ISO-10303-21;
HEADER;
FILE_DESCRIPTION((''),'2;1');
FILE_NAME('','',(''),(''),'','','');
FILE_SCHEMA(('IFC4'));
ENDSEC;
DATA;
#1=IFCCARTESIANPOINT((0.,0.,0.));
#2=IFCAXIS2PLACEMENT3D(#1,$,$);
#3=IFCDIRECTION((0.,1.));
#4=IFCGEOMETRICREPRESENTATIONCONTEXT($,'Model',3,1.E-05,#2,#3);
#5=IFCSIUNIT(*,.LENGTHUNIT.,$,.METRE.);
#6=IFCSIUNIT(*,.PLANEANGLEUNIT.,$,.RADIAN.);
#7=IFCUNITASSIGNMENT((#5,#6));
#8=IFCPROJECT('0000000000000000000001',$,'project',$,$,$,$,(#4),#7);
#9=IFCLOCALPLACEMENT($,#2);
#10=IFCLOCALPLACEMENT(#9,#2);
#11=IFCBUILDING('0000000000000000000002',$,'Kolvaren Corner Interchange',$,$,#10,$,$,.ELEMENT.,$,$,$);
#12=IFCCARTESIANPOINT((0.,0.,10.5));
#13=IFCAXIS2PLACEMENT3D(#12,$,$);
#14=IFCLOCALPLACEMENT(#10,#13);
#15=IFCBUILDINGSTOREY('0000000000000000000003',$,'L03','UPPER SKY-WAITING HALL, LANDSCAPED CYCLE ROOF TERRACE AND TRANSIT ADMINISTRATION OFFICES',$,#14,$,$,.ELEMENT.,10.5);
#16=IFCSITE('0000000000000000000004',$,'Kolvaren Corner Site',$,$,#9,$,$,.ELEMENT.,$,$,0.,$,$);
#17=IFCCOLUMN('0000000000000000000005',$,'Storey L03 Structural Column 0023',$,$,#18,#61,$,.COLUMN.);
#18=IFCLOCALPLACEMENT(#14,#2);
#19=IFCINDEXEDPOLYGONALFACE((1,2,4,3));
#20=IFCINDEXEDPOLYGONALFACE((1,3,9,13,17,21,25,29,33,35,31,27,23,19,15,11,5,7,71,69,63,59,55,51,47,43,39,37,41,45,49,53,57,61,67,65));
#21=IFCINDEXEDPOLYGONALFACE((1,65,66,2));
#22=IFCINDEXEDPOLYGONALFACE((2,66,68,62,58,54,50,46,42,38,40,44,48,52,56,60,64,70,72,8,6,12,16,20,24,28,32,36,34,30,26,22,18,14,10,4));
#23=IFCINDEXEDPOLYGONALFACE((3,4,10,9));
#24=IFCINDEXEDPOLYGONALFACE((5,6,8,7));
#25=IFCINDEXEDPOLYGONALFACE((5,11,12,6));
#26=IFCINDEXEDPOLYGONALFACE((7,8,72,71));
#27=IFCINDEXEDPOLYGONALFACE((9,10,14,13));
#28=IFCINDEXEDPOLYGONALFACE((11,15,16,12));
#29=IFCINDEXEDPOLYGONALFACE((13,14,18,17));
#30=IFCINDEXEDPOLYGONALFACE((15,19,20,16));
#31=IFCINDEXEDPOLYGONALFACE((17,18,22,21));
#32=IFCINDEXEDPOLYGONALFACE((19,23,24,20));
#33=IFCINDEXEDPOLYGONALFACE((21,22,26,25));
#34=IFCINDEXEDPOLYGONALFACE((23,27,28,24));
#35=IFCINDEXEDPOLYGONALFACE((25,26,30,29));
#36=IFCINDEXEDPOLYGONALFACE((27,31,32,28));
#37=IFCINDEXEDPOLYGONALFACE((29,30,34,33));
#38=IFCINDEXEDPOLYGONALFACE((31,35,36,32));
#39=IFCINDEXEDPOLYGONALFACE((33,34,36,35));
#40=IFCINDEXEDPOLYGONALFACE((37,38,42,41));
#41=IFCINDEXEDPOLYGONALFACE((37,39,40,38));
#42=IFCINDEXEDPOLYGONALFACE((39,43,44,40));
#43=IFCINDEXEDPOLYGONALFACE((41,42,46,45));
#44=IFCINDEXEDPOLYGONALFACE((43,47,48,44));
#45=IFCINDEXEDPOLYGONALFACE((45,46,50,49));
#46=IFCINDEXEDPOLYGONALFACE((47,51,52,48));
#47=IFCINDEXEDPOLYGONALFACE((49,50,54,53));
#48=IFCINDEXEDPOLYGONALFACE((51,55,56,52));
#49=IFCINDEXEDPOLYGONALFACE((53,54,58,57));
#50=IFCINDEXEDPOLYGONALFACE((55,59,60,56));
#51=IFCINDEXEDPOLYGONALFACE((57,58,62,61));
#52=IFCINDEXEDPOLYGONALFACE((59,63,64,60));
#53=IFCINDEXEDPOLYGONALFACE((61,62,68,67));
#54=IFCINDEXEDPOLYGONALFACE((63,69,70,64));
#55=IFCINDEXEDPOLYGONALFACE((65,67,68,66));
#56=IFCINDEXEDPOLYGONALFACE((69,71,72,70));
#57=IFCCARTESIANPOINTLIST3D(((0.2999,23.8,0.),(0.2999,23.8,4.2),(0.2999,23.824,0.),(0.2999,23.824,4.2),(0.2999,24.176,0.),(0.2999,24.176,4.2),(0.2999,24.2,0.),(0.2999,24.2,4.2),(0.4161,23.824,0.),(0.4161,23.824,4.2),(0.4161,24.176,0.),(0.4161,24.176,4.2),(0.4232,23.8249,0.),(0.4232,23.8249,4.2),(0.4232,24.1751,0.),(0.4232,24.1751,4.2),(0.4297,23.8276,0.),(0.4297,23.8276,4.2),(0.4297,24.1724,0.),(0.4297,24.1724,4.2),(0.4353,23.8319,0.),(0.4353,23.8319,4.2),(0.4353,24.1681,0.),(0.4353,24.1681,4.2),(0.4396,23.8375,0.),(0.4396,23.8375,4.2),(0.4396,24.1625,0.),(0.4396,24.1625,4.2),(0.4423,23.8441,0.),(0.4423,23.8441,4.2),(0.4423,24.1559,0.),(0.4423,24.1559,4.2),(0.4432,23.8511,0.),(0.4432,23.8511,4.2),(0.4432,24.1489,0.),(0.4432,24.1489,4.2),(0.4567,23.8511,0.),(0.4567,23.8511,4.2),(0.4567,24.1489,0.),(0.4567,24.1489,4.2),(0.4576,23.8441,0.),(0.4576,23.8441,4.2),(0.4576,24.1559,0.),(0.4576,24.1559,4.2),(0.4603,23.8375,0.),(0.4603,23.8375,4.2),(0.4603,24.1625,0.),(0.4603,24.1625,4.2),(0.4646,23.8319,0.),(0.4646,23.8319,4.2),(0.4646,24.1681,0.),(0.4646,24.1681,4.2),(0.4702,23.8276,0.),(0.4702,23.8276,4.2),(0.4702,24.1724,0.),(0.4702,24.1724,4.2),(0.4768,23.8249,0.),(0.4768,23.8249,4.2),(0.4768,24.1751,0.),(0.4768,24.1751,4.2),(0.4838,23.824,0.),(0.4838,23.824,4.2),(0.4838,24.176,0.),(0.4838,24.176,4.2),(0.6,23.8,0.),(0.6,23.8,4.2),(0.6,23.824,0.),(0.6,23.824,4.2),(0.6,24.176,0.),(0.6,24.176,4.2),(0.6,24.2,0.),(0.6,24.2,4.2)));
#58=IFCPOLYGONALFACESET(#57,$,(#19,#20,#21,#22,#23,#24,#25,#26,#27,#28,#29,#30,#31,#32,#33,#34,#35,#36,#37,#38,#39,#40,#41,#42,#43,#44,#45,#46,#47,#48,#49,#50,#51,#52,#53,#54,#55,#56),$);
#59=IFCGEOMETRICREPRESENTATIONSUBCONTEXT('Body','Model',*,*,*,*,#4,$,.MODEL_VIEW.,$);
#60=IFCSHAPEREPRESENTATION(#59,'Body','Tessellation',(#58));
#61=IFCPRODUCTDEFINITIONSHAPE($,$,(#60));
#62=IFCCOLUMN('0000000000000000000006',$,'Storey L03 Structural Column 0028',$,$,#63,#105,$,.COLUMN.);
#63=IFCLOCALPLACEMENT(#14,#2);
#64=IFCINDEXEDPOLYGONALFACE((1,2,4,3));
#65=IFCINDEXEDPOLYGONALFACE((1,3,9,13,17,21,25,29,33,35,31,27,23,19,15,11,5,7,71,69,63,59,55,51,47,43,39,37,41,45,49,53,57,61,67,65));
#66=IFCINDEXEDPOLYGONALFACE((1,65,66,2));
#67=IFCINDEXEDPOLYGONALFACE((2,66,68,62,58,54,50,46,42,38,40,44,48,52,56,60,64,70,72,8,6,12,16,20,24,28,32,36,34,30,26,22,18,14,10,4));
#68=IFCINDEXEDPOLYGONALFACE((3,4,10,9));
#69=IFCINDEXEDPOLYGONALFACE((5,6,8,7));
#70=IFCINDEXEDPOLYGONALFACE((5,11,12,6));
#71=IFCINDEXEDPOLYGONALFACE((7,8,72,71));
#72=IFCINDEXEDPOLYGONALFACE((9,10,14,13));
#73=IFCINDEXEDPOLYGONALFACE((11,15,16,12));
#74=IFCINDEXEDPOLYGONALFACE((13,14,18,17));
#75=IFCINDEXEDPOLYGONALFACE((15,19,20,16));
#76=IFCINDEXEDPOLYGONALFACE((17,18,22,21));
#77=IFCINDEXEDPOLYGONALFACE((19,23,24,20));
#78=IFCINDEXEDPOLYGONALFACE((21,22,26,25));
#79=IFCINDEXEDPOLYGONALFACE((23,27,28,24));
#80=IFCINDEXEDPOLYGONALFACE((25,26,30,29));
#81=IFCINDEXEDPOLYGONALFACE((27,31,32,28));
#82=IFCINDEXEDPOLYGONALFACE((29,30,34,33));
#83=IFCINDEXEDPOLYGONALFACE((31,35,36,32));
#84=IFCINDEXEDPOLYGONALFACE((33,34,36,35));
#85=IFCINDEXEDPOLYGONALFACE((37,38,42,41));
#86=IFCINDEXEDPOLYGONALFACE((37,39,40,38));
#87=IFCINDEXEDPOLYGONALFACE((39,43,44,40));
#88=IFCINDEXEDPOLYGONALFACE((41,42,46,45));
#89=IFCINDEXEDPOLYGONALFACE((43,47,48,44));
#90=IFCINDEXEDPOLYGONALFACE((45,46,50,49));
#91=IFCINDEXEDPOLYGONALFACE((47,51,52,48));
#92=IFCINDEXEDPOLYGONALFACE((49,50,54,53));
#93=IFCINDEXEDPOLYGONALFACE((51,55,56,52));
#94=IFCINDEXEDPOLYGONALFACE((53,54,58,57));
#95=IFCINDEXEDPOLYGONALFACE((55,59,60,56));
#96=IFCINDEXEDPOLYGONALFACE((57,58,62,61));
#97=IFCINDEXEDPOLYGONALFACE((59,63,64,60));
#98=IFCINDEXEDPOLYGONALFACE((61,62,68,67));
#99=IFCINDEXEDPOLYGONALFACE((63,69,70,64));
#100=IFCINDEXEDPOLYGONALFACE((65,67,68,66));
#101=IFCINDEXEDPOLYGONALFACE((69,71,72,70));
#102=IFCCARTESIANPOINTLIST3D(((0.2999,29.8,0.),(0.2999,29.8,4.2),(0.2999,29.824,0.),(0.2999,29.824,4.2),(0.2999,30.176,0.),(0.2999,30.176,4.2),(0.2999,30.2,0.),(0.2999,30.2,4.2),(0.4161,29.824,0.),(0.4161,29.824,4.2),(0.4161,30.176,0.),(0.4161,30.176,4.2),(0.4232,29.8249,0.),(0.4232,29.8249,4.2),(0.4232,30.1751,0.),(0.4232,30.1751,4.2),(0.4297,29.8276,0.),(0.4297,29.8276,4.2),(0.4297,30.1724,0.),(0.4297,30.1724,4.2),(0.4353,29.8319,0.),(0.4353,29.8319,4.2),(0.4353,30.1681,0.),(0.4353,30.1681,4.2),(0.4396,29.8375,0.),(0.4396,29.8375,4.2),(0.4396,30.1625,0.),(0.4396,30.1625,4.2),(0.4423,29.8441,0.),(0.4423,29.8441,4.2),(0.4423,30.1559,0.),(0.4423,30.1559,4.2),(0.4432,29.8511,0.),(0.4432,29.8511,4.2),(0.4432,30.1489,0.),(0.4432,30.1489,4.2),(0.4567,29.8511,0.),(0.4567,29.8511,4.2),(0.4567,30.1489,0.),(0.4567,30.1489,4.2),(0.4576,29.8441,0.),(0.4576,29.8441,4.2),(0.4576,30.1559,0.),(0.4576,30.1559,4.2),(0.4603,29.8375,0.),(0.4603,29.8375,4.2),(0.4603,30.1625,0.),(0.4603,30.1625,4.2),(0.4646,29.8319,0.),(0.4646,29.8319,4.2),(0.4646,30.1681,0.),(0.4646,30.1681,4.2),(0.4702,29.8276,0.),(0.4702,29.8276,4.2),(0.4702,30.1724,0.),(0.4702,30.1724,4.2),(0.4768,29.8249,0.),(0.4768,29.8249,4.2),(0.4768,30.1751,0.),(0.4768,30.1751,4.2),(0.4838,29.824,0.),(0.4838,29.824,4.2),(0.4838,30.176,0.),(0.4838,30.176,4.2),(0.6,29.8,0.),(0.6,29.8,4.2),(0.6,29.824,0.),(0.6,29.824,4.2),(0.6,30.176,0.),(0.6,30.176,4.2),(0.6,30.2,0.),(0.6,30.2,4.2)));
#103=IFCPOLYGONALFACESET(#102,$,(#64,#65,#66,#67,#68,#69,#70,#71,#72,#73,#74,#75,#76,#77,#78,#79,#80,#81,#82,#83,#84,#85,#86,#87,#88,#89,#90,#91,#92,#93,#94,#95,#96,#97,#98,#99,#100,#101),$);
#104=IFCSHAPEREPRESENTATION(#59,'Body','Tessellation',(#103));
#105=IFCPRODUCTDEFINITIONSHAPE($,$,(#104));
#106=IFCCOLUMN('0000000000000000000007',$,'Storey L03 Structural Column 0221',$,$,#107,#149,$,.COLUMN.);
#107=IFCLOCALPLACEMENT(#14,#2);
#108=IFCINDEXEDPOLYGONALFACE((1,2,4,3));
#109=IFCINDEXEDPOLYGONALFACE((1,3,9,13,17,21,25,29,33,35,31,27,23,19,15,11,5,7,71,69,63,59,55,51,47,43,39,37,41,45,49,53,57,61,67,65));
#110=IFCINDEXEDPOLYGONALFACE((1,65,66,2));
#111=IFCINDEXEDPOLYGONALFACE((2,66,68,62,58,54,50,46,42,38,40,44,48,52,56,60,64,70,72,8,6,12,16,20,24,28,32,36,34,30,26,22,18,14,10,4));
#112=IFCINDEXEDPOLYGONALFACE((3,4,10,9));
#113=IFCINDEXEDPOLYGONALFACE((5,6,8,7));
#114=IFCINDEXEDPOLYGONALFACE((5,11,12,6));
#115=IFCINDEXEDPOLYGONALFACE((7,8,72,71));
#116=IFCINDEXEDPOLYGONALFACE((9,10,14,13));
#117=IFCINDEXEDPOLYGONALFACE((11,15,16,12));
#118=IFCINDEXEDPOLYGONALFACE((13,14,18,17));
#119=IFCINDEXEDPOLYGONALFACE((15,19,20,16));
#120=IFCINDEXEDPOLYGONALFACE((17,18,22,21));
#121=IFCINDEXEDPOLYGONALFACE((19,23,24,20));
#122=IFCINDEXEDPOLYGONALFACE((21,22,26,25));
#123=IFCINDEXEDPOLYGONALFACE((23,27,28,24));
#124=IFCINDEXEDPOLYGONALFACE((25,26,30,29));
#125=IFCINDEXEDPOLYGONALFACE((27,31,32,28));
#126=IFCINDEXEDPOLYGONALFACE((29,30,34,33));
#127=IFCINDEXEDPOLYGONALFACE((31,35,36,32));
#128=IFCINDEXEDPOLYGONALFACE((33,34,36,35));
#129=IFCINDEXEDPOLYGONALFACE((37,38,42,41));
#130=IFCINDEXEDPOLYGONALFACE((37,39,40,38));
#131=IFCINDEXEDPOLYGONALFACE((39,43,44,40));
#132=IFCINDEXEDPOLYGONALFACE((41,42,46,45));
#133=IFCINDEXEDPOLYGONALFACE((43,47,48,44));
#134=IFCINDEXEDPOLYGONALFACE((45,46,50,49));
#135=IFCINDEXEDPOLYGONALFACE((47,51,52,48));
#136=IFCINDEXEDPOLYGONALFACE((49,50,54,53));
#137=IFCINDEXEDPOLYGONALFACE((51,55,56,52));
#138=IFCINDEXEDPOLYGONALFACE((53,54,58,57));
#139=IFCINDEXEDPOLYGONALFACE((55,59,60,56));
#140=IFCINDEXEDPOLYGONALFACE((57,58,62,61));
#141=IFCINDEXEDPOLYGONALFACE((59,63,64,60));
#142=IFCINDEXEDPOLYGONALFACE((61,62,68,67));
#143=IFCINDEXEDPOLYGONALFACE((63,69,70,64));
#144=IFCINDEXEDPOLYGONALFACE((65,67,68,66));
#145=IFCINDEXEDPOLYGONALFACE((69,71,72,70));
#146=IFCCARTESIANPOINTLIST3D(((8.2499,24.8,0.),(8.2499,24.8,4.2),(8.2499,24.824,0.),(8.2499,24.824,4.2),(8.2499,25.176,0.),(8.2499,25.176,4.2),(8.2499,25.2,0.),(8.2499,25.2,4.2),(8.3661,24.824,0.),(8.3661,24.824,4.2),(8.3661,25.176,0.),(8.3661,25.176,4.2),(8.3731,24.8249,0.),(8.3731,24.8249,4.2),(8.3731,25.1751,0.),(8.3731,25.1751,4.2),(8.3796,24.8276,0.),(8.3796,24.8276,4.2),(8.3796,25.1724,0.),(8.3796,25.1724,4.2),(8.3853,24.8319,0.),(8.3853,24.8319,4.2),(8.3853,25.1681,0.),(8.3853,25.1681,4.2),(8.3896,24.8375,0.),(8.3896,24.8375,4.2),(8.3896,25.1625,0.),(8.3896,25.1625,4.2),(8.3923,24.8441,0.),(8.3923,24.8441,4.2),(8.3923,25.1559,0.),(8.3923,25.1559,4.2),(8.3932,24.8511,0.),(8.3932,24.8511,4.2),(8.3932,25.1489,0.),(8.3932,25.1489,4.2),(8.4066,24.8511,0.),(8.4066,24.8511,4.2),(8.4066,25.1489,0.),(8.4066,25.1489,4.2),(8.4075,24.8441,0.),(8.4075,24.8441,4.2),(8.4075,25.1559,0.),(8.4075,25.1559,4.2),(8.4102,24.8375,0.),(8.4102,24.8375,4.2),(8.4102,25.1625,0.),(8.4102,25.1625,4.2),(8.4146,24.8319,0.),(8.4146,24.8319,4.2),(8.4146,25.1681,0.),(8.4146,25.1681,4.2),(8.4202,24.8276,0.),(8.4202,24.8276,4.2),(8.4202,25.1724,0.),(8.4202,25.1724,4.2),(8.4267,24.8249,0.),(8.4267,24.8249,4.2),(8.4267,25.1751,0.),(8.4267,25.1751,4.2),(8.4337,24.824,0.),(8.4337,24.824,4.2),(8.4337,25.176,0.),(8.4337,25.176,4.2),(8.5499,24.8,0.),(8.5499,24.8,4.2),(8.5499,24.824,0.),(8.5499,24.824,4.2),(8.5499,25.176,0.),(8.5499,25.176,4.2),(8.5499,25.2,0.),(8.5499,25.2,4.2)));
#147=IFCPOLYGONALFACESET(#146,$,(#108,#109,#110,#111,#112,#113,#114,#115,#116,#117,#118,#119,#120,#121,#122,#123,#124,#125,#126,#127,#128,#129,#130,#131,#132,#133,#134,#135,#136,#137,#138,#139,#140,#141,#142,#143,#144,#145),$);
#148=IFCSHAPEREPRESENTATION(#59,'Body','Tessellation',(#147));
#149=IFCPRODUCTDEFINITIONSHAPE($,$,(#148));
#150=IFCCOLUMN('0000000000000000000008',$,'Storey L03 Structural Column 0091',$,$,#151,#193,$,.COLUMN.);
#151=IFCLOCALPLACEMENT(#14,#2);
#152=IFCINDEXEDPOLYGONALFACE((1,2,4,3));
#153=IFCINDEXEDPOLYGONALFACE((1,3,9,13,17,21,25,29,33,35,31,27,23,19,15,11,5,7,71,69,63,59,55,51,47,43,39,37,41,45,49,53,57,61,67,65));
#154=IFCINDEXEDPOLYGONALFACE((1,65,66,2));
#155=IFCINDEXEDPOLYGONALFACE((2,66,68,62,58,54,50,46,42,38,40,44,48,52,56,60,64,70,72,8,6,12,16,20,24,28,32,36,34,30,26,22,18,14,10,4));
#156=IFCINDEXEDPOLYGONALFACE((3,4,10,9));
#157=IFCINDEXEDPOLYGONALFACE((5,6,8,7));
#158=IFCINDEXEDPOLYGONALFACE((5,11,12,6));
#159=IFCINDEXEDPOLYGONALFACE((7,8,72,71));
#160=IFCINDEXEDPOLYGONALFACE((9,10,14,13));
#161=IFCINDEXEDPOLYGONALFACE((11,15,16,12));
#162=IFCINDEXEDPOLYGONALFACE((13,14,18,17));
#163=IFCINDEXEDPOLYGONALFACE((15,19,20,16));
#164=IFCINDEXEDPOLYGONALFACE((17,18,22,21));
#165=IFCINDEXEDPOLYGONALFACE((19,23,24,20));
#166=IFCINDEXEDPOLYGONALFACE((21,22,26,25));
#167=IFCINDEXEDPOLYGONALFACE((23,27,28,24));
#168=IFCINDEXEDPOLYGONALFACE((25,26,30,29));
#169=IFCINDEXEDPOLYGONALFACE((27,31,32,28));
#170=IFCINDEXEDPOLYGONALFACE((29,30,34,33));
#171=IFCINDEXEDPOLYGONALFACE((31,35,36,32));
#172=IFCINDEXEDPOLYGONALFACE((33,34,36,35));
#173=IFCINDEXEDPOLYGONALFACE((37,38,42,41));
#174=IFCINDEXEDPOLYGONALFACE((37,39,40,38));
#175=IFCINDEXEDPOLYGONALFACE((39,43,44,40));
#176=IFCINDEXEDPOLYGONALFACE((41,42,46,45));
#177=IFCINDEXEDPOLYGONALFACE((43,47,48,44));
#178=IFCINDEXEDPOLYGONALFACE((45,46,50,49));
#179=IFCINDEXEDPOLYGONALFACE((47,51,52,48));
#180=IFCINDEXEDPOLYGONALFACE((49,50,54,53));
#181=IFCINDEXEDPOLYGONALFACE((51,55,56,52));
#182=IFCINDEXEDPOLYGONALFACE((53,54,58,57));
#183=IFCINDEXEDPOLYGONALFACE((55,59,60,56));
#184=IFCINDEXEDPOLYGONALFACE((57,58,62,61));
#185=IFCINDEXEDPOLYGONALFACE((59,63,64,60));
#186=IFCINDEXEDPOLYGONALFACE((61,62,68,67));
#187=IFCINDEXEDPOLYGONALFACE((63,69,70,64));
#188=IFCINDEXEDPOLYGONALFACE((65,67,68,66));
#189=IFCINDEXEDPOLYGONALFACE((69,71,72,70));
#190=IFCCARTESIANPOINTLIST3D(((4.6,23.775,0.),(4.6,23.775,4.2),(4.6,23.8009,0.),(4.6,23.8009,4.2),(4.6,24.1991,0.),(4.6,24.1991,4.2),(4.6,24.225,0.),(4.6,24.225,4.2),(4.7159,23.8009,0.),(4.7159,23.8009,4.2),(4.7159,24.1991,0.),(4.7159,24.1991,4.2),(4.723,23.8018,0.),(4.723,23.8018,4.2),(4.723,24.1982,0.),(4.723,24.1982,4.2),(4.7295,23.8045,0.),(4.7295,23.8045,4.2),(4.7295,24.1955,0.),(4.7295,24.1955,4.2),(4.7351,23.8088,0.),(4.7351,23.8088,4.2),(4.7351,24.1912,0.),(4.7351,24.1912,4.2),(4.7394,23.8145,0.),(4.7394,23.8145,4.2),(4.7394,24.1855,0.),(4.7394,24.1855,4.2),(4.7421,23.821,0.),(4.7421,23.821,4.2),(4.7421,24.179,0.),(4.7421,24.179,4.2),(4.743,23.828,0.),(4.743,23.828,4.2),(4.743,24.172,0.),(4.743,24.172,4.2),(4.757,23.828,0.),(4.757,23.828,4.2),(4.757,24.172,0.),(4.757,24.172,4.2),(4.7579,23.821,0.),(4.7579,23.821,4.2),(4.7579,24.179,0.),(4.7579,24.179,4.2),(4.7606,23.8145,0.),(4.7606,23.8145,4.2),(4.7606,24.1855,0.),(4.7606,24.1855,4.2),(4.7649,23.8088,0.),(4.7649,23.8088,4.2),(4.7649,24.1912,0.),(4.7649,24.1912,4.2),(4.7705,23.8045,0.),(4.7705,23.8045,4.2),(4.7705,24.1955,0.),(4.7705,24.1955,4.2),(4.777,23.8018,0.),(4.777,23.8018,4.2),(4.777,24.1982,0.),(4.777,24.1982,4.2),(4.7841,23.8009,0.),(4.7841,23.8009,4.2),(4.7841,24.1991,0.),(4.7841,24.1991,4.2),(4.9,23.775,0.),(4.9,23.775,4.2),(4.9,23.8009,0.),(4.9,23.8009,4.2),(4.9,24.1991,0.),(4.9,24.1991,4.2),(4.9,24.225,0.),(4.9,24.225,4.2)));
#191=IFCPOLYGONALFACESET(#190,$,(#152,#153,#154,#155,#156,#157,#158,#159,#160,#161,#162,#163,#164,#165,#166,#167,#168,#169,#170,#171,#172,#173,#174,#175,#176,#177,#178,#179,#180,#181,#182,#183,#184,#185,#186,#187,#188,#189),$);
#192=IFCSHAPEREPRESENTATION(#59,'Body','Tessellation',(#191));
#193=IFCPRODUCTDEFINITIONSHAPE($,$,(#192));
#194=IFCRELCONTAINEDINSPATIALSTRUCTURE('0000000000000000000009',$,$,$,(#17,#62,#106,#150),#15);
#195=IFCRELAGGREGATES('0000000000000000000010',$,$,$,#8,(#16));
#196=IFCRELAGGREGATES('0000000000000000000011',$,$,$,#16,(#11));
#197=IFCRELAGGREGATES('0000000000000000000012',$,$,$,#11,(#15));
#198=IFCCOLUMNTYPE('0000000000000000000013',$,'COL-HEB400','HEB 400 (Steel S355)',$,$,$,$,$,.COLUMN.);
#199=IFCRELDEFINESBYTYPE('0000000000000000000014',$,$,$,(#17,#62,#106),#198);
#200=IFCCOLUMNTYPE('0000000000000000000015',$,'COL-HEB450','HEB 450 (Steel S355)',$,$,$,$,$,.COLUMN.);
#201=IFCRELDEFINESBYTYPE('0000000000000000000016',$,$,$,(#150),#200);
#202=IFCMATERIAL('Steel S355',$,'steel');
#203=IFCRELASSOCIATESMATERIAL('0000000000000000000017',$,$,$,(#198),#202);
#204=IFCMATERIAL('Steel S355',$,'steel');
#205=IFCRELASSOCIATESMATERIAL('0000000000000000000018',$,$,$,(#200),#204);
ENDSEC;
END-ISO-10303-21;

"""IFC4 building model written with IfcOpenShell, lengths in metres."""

from ifc_helpers import new_model, si_unit, direction, frame, origin, origin_2d, place, context, subcontext, project, spatial, i_section, extrude, material, material_profile, profile_set, type_object, element, save


model = new_model("IFC4")

# Units and contexts
model_context = context("Model", 3, precision=1e-05, world=origin(), true_north=direction((0.0, 1.0)))
body_context = subcontext(model_context, "Body", "Model", "MODEL_VIEW")
ifc_project = project(units=[si_unit("LENGTHUNIT", "METRE"), si_unit("PLANEANGLEUNIT", "RADIAN")], contexts=[model_context])

# Site, building, storey
site_placement = place(None, origin())
site = spatial("IfcSite", under=ifc_project, at=site_placement, Name="Kolvaren Corner Site", CompositionType="ELEMENT", RefElevation=0.0)
building_placement = place(site_placement, origin())
building = spatial("IfcBuilding", under=site, at=building_placement, Name="Kolvaren Corner Interchange", CompositionType="ELEMENT")
storey_placement = place(building_placement, frame((0.0, 0.0, 10.5)))
storey = spatial("IfcBuildingStorey", under=building, at=storey_placement, Name="L03", Description="UPPER SKY-WAITING HALL, LANDSCAPED CYCLE ROOF TERRACE AND TRANSIT ADMINISTRATION OFFICES", CompositionType="ELEMENT", Elevation=10.5)

# Columns
ifc_material_1 = material(Name="Steel S355", Category="steel")
ifc_material_profile_1 = material_profile(ifc_material_1, i_section(OverallWidth=0.3, OverallDepth=0.3999, WebThickness=0.0134, FlangeThickness=0.0239, FilletRadius=0.0271, at=origin_2d()), Name="HEB 400")
ifc_profile_set_1 = profile_set([ifc_material_profile_1], Name="Steel S355")
column_type_1 = type_object("IfcColumnType", Name="COL-HEB400", Description="HEB 400 (Steel S355)", PredefinedType="COLUMN", material=ifc_profile_set_1)
for number, where, z_axis, x_axis, name in (
    (1, (0.45, 24.0, 0.0), (0.0, 0.0, 1.0), (1.0, 0.0, 0.0), "Storey L03 Structural Column 0023"),
    (2, (0.45, 30.0, 0.0), (0.0, 0.0, 1.0), (1.0, 0.0, 0.0), "Storey L03 Structural Column 0028"),
    (3, (8.3999, 25.0, 0.0), (0.0, 0.0, 1.0), (1.0, 0.0, 0.0), "Storey L03 Structural Column 0221"),
):
    element("IfcColumn", number, at=place(storey_placement, frame(where, z_axis=z_axis, x_axis=x_axis)), inside=storey, type_object=column_type_1, Name=name, PredefinedType="COLUMN", context=body_context, shape_type="SweptSolid", body=[
        extrude(i_section(OverallWidth=0.3, OverallDepth=0.3999, WebThickness=0.0134, FlangeThickness=0.0239, FilletRadius=0.0271, at=origin_2d()), origin(), (0.0, 0.0, 1.0), 4.2),
    ])
ifc_material_2 = material(Name="Steel S355", Category="steel")
ifc_material_profile_2 = material_profile(ifc_material_2, i_section(OverallWidth=0.3, OverallDepth=0.45, WebThickness=0.0139, FlangeThickness=0.0259, FilletRadius=0.0271, at=origin_2d()), Name="HEB 450")
ifc_profile_set_2 = profile_set([ifc_material_profile_2], Name="Steel S355")
column_type_2 = type_object("IfcColumnType", Name="COL-HEB450", Description="HEB 450 (Steel S355)", PredefinedType="COLUMN", material=ifc_profile_set_2)
column_placement = place(storey_placement, frame((4.75, 24.0, 0.0), z_axis=(0.0, 0.0, 1.0), x_axis=(1.0, 0.0, 0.0)))
element("IfcColumn", 4, at=column_placement, inside=storey, type_object=column_type_2, Name="Storey L03 Structural Column 0091", PredefinedType="COLUMN", context=body_context, shape_type="SweptSolid", body=[
    extrude(i_section(OverallWidth=0.3, OverallDepth=0.45, WebThickness=0.0139, FlangeThickness=0.0259, FilletRadius=0.0271, at=origin_2d()), origin(), (0.0, 0.0, 1.0), 4.2),
])

save(model, "model.ifc")
